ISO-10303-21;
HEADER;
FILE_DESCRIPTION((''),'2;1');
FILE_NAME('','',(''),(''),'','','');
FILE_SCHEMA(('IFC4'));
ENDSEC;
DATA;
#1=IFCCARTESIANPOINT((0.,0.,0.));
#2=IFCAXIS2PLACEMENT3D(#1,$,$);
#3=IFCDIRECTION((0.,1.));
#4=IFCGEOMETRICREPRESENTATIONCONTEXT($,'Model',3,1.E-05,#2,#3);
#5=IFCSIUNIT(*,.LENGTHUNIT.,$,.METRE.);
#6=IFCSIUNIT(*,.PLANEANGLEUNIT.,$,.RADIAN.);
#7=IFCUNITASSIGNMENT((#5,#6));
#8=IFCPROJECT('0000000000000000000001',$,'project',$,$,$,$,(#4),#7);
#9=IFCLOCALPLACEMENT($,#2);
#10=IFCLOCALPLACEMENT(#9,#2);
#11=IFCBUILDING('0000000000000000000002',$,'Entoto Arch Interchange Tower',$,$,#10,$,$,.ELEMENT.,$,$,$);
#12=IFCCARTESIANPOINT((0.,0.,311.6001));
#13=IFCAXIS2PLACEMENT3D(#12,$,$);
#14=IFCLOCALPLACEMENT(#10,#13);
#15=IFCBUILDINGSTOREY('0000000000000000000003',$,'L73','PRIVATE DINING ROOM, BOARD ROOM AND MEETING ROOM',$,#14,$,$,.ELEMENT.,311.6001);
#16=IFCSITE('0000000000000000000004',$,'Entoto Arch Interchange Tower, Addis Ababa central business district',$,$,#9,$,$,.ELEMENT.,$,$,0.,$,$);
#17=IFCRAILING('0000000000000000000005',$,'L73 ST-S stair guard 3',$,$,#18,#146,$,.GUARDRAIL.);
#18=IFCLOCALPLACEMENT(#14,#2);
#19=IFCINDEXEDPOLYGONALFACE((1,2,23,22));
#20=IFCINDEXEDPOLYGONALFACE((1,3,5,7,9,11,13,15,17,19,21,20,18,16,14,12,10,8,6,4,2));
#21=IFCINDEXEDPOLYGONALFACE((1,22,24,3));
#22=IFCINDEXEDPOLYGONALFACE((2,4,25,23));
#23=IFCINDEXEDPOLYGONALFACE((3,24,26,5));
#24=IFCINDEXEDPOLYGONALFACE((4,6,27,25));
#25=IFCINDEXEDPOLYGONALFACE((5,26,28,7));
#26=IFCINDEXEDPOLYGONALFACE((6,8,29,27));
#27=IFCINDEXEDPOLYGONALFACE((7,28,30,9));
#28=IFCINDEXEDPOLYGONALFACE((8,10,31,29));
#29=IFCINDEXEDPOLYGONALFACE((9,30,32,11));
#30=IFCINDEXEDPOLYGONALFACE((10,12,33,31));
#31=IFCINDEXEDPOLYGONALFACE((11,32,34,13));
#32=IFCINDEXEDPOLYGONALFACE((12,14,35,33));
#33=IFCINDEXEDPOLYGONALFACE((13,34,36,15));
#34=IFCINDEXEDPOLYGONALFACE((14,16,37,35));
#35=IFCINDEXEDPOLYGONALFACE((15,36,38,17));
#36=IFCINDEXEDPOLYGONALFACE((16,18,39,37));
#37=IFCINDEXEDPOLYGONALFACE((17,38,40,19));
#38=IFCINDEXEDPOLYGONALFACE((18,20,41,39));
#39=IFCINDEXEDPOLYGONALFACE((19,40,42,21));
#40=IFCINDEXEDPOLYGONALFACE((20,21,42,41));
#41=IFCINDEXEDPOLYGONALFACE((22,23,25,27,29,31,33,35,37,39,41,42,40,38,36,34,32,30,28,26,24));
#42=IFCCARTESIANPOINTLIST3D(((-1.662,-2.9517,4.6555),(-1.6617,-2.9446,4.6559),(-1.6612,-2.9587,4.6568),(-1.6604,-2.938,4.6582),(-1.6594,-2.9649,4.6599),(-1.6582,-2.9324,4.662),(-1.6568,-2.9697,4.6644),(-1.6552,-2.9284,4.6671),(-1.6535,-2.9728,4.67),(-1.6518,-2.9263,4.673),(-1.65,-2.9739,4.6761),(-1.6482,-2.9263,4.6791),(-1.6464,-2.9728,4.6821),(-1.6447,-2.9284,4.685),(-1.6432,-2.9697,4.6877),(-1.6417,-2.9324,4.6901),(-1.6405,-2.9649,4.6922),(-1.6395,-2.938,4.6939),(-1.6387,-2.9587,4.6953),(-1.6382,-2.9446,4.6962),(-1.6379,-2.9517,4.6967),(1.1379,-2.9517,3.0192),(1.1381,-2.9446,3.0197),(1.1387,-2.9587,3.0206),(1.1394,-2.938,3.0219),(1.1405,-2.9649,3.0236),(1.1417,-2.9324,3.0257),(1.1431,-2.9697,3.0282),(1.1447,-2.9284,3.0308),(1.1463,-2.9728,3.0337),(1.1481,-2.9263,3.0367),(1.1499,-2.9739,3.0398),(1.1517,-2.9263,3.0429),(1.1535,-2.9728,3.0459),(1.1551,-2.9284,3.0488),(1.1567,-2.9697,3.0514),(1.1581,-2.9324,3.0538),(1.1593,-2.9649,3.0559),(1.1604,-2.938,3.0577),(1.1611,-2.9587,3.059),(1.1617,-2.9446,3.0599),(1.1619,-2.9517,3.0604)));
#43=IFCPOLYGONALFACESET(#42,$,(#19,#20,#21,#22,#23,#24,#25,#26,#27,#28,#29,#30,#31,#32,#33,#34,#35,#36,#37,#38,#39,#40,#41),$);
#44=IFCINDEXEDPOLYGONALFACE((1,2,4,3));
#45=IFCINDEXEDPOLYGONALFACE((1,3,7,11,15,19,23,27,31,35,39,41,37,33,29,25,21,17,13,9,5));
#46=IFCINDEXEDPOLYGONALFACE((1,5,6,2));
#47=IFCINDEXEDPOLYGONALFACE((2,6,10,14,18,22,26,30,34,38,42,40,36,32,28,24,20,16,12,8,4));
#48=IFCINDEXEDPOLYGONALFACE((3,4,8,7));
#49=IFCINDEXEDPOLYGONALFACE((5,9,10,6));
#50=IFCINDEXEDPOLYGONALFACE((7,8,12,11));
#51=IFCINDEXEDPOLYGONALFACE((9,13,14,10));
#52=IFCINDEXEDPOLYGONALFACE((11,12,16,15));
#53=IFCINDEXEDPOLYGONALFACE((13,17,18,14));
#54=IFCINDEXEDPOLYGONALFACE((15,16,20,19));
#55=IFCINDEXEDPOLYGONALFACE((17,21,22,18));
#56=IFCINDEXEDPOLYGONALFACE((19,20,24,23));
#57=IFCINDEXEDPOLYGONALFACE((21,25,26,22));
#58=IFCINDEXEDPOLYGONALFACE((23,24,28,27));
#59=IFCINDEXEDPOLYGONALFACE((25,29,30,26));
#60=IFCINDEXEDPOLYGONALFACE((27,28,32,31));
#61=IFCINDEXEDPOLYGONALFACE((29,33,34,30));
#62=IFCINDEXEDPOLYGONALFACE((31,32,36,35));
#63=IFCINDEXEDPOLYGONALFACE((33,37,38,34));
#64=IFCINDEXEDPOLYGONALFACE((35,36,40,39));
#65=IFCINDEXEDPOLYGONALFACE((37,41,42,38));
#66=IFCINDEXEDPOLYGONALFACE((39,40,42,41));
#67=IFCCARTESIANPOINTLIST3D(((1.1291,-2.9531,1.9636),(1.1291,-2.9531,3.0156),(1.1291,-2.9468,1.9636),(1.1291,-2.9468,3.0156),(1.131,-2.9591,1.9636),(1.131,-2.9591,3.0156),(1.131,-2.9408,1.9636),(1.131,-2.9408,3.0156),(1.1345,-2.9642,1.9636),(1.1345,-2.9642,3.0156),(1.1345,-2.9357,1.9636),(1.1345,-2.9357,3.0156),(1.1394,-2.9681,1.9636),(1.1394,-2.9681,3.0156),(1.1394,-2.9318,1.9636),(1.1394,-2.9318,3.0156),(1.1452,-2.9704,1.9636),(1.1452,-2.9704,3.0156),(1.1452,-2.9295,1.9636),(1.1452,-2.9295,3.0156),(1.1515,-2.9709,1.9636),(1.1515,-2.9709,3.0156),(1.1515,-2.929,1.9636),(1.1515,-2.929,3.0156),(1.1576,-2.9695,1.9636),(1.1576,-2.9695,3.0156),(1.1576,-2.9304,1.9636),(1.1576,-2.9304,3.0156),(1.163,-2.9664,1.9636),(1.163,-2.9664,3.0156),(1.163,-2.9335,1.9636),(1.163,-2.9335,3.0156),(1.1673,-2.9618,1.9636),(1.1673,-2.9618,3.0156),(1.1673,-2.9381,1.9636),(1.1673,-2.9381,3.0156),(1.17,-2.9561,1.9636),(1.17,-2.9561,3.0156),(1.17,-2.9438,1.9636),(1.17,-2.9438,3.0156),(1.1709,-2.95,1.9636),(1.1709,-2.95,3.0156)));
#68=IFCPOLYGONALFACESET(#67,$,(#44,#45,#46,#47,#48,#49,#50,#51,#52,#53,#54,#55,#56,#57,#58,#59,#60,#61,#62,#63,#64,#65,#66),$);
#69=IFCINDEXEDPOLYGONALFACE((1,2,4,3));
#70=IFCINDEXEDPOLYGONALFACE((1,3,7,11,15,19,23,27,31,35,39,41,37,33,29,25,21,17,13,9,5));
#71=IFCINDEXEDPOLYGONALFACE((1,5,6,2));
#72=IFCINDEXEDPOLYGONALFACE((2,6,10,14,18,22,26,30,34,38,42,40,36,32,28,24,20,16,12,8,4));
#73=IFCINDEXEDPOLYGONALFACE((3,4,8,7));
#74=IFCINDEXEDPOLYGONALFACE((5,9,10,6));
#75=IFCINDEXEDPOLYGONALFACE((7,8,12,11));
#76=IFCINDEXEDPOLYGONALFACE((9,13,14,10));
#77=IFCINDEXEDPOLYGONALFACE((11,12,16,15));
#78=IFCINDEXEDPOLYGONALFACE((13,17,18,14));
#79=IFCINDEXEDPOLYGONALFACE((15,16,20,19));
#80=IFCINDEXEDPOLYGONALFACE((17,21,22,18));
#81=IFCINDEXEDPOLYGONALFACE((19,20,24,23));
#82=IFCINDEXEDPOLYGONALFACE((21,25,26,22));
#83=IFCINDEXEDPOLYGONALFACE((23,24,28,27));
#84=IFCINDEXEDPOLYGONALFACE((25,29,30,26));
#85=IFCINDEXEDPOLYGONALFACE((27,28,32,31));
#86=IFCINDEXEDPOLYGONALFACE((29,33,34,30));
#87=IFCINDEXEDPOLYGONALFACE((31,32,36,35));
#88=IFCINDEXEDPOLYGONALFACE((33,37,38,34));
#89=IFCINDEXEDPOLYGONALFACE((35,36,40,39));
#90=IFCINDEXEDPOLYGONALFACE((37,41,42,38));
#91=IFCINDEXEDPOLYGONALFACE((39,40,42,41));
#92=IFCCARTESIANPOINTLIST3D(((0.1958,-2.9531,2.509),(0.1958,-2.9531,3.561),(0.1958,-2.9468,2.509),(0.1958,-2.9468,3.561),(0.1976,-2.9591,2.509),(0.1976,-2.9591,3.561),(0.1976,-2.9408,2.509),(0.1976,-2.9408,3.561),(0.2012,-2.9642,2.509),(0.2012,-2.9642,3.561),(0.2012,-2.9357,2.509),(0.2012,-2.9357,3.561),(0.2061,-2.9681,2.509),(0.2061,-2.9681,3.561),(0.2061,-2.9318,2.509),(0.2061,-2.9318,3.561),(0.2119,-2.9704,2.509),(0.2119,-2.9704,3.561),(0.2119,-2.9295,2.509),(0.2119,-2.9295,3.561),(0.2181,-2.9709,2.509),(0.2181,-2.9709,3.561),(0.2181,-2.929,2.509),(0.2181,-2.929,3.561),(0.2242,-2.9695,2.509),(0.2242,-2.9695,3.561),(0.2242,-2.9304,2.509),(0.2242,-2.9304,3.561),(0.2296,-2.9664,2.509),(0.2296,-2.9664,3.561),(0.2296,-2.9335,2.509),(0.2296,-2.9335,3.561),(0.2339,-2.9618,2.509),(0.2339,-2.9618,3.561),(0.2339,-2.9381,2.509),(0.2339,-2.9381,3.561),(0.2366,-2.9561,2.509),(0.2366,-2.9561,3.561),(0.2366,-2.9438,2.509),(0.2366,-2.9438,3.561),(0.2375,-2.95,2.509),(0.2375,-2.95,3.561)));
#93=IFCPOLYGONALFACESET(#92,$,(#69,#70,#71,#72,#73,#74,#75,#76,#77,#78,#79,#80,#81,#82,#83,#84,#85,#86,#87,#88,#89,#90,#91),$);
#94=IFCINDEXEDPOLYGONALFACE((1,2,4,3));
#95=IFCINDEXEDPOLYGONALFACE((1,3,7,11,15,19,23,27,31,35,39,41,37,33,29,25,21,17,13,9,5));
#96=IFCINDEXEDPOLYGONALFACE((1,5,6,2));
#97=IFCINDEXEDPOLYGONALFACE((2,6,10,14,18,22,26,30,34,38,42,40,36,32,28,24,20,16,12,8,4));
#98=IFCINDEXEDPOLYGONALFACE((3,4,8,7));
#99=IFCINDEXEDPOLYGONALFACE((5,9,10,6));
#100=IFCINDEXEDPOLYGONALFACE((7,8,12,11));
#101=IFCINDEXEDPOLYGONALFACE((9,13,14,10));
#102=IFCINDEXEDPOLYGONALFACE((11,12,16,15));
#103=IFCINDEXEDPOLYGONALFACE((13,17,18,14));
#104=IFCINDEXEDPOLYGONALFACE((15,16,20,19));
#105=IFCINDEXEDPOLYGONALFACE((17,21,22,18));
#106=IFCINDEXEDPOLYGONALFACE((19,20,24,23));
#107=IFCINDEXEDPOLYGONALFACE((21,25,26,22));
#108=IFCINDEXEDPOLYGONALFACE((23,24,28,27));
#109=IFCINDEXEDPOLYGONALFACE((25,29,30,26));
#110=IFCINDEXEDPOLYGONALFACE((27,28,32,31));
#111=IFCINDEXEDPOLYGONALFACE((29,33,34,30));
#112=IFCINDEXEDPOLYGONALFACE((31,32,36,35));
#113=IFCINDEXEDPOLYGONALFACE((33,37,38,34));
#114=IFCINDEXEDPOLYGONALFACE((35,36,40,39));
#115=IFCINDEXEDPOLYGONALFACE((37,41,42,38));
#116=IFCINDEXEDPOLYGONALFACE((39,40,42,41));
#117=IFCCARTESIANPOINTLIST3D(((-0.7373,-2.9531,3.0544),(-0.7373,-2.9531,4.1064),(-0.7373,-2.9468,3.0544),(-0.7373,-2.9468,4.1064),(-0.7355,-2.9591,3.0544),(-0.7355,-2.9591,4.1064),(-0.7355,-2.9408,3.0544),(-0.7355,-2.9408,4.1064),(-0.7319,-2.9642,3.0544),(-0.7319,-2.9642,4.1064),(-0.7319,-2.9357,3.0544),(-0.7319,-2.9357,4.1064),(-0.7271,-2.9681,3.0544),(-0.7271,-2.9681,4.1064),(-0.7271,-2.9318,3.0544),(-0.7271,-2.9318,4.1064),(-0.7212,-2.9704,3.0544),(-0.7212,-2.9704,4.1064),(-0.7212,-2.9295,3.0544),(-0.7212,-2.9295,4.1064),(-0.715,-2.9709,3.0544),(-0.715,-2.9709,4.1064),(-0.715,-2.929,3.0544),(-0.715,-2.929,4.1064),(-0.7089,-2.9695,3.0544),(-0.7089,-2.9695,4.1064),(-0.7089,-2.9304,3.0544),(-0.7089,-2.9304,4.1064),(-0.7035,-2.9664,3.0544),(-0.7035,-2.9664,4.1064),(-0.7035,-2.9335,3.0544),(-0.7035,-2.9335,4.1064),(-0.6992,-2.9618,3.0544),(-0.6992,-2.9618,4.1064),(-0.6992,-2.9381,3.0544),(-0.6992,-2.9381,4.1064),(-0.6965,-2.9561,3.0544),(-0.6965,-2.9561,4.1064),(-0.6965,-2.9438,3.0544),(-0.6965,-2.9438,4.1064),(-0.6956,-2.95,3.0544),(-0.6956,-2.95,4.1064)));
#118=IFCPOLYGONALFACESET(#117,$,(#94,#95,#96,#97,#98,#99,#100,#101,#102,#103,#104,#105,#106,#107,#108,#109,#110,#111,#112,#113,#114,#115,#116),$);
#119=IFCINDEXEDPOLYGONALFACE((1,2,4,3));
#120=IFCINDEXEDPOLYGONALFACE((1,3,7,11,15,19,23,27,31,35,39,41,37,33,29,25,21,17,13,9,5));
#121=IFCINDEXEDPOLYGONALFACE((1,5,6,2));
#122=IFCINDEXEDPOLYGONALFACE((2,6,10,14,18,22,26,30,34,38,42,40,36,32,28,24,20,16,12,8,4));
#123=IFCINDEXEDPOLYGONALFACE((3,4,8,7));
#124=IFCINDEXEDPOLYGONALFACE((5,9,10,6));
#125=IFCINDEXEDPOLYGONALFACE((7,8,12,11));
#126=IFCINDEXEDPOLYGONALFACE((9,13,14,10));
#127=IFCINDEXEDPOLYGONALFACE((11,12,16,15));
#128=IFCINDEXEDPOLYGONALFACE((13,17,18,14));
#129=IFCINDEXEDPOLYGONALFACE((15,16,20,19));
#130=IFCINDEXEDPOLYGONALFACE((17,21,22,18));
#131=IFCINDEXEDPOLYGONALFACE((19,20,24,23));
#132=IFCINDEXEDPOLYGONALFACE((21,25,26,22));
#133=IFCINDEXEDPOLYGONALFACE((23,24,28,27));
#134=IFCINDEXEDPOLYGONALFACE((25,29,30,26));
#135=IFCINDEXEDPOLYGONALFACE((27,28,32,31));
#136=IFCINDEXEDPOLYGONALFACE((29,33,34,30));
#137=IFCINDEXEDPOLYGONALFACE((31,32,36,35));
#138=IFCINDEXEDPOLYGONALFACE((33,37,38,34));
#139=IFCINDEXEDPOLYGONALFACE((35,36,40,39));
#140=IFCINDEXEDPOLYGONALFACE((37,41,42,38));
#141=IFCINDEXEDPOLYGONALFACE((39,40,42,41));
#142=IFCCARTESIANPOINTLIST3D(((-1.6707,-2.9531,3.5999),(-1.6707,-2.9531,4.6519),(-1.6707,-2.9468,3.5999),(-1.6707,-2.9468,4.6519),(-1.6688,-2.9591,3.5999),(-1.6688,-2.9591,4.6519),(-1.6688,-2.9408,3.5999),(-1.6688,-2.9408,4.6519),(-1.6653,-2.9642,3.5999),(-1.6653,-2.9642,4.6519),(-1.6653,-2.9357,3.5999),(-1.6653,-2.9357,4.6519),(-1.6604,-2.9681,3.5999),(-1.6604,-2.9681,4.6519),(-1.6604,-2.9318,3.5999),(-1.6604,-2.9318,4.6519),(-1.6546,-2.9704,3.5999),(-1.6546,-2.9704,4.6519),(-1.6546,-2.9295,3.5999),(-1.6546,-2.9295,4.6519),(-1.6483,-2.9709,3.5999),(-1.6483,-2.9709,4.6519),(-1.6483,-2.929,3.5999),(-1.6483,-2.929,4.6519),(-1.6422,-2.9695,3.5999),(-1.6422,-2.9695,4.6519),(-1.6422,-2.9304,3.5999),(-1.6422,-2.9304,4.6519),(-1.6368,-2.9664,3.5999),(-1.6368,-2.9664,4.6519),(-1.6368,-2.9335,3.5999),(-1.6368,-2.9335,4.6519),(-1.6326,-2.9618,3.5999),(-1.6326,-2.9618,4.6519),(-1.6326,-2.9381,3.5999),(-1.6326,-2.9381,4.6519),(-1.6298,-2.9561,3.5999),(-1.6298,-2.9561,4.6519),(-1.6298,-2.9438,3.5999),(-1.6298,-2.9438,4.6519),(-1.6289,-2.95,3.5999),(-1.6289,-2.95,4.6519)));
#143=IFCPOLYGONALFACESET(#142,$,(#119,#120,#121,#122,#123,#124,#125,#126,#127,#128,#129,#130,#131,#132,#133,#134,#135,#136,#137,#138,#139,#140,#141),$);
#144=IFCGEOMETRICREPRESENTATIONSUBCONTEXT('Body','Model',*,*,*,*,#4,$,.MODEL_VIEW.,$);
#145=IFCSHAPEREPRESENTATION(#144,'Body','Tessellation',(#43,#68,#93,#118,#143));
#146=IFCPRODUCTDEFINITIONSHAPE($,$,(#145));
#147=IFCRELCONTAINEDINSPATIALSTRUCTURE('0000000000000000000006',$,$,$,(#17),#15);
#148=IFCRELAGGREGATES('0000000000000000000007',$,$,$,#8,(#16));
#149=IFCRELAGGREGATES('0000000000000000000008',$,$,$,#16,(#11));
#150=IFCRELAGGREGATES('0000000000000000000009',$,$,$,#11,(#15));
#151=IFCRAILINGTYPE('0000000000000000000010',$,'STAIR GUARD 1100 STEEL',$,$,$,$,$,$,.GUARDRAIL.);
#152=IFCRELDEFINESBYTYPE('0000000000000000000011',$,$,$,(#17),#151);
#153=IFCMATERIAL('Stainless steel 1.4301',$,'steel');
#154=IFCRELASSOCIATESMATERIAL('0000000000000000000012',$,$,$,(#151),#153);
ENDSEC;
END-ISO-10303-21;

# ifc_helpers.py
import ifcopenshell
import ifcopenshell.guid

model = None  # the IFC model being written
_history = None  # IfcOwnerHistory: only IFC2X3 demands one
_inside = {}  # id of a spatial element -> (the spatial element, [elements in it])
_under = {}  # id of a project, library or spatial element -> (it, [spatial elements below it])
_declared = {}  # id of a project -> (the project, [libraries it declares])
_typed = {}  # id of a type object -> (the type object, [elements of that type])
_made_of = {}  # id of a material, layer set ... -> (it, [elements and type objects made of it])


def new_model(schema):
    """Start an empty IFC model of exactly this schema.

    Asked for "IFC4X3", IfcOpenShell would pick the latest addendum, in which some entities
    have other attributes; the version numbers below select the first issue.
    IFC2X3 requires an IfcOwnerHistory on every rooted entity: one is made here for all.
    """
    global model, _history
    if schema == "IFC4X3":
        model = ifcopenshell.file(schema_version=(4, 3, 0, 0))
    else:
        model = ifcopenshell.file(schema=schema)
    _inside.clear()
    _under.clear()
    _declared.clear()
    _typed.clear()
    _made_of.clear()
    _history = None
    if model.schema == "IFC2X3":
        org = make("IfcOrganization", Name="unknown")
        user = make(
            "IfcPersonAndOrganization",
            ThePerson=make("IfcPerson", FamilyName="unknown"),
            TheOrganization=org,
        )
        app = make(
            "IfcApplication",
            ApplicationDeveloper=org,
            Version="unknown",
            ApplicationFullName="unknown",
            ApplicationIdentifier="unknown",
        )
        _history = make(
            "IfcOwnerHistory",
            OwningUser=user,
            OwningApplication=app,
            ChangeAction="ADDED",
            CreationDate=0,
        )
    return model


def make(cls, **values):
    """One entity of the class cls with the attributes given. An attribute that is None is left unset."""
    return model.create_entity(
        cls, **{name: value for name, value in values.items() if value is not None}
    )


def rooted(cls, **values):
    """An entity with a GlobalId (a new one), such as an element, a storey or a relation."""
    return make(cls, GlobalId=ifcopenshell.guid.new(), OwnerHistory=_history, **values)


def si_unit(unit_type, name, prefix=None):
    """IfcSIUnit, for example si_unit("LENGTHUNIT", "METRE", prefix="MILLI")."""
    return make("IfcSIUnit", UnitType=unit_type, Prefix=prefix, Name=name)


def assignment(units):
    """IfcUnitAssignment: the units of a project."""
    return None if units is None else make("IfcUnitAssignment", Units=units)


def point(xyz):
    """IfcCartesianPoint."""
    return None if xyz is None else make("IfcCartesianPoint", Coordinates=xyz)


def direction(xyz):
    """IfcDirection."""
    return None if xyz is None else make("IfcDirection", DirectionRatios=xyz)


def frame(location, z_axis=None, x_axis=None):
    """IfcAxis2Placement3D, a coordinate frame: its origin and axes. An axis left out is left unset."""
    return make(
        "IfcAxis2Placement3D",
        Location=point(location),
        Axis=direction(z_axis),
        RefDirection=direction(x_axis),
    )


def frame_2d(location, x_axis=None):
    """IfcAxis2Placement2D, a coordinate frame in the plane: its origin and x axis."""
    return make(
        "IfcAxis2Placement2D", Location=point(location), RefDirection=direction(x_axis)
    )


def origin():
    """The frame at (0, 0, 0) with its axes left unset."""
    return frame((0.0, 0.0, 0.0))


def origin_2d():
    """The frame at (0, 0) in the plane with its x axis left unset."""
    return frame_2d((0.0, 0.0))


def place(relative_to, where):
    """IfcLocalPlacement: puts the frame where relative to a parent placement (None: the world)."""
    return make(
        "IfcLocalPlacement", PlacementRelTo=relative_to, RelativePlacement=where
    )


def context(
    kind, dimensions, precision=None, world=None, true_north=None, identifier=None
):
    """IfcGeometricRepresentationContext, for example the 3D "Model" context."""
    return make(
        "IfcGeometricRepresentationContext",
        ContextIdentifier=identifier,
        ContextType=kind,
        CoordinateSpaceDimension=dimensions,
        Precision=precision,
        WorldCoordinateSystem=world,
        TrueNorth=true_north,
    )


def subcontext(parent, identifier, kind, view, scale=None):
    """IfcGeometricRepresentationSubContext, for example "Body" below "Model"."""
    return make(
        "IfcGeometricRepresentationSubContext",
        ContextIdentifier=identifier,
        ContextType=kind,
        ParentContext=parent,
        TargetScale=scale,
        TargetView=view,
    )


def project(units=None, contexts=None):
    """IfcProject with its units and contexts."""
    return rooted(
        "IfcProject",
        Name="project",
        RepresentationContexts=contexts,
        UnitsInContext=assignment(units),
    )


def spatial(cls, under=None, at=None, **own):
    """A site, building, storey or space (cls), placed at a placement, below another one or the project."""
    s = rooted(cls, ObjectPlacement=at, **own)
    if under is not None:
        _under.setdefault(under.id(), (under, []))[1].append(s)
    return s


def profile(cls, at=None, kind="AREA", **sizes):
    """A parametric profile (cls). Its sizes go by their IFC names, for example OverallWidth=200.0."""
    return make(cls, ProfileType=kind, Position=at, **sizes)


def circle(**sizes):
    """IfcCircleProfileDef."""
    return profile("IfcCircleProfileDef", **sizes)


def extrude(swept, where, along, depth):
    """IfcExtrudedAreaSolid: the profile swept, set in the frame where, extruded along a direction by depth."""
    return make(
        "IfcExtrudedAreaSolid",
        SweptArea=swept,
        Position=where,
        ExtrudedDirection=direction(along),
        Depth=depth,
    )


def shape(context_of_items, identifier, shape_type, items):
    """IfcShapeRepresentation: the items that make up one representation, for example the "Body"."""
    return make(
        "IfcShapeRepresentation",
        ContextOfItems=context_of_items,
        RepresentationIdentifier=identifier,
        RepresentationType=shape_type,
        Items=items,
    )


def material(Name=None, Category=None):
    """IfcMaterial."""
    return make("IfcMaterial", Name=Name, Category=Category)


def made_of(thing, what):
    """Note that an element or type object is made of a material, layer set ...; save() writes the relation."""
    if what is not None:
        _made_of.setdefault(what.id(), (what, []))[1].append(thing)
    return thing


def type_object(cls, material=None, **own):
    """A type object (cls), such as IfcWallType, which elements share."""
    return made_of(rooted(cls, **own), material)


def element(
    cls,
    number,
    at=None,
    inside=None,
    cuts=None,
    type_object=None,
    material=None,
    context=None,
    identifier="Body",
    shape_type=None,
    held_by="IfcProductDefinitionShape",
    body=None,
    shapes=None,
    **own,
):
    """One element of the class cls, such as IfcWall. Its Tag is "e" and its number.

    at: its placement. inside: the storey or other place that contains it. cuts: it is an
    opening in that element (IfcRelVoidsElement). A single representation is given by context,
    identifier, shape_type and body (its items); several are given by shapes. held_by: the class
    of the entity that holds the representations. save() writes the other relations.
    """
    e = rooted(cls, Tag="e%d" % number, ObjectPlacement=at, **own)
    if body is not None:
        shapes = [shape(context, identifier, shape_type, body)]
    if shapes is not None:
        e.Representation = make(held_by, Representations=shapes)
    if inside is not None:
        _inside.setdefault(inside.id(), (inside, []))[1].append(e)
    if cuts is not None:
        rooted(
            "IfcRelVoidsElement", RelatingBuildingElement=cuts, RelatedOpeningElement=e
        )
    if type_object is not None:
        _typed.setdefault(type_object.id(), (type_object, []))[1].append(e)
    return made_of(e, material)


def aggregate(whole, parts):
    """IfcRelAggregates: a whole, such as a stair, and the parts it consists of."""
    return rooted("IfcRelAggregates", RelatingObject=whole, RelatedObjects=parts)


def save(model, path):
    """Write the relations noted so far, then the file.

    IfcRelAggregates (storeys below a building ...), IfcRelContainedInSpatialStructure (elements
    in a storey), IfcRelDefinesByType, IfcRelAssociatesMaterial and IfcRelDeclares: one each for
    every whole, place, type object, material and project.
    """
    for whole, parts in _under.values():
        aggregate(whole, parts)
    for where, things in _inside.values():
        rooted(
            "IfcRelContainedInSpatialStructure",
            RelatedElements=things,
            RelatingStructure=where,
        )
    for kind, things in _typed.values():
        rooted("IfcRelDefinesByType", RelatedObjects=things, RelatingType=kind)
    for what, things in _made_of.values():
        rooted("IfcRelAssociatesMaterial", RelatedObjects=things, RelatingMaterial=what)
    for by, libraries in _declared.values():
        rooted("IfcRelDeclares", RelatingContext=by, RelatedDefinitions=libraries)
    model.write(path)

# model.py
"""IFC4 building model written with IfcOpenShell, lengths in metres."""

from ifc_helpers import new_model, si_unit, direction, frame, origin, origin_2d, place, context, subcontext, project, spatial, circle, extrude, material, type_object, element, save


model = new_model("IFC4")

# Units and contexts
model_context = context("Model", 3, precision=1e-05, world=origin(), true_north=direction((0.0, 1.0)))
body_context = subcontext(model_context, "Body", "Model", "MODEL_VIEW")
ifc_project = project(units=[si_unit("LENGTHUNIT", "METRE"), si_unit("PLANEANGLEUNIT", "RADIAN")], contexts=[model_context])

# Site, building, storey
site_placement = place(None, origin())
site = spatial("IfcSite", under=ifc_project, at=site_placement, Name="Entoto Arch Interchange Tower, Addis Ababa central business district", CompositionType="ELEMENT", RefElevation=0.0)
building_placement = place(site_placement, origin())
building = spatial("IfcBuilding", under=site, at=building_placement, Name="Entoto Arch Interchange Tower", CompositionType="ELEMENT")
storey_placement = place(building_placement, frame((0.0, 0.0, 311.6001)))
storey = spatial("IfcBuildingStorey", under=building, at=storey_placement, Name="L73", Description="PRIVATE DINING ROOM, BOARD ROOM AND MEETING ROOM", CompositionType="ELEMENT", Elevation=311.6001)

# Railing
ifc_material_1 = material(Name="Stainless steel 1.4301", Category="steel")
railing_type_1 = type_object("IfcRailingType", Name="STAIR GUARD 1100 STEEL", PredefinedType="GUARDRAIL", material=ifc_material_1)
railing_1_placement = place(storey_placement, frame((1.1499, -2.95, 1.9636)))
element("IfcRailing", 1, at=railing_1_placement, inside=storey, type_object=railing_type_1, Name="L73 ST-S stair guard 3", PredefinedType="GUARDRAIL", context=body_context, shape_type="SweptSolid", body=[
    extrude(circle(Radius=0.0239, at=origin_2d()), frame((0.0, 0.0, 1.0762), z_axis=(-0.863374, 0.0, 0.504564), x_axis=(0.0, -1.0, 0.0)), (0.0, 0.0, 1.0), 3.2429),
    extrude(circle(Radius=0.021, at=origin_2d()), origin(), (0.0, 0.0, 1.0), 1.052),
    extrude(circle(Radius=0.021, at=origin_2d()), frame((-0.9333, 0.0, 0.5454)), (0.0, 0.0, 1.0), 1.052),
    extrude(circle(Radius=0.021, at=origin_2d()), frame((-1.8665, 0.0, 1.0908)), (0.0, 0.0, 1.0), 1.052),
    extrude(circle(Radius=0.021, at=origin_2d()), frame((-2.7998, 0.0, 1.6362)), (0.0, 0.0, 1.0), 1.052),
])

save(model, "model.ifc")
